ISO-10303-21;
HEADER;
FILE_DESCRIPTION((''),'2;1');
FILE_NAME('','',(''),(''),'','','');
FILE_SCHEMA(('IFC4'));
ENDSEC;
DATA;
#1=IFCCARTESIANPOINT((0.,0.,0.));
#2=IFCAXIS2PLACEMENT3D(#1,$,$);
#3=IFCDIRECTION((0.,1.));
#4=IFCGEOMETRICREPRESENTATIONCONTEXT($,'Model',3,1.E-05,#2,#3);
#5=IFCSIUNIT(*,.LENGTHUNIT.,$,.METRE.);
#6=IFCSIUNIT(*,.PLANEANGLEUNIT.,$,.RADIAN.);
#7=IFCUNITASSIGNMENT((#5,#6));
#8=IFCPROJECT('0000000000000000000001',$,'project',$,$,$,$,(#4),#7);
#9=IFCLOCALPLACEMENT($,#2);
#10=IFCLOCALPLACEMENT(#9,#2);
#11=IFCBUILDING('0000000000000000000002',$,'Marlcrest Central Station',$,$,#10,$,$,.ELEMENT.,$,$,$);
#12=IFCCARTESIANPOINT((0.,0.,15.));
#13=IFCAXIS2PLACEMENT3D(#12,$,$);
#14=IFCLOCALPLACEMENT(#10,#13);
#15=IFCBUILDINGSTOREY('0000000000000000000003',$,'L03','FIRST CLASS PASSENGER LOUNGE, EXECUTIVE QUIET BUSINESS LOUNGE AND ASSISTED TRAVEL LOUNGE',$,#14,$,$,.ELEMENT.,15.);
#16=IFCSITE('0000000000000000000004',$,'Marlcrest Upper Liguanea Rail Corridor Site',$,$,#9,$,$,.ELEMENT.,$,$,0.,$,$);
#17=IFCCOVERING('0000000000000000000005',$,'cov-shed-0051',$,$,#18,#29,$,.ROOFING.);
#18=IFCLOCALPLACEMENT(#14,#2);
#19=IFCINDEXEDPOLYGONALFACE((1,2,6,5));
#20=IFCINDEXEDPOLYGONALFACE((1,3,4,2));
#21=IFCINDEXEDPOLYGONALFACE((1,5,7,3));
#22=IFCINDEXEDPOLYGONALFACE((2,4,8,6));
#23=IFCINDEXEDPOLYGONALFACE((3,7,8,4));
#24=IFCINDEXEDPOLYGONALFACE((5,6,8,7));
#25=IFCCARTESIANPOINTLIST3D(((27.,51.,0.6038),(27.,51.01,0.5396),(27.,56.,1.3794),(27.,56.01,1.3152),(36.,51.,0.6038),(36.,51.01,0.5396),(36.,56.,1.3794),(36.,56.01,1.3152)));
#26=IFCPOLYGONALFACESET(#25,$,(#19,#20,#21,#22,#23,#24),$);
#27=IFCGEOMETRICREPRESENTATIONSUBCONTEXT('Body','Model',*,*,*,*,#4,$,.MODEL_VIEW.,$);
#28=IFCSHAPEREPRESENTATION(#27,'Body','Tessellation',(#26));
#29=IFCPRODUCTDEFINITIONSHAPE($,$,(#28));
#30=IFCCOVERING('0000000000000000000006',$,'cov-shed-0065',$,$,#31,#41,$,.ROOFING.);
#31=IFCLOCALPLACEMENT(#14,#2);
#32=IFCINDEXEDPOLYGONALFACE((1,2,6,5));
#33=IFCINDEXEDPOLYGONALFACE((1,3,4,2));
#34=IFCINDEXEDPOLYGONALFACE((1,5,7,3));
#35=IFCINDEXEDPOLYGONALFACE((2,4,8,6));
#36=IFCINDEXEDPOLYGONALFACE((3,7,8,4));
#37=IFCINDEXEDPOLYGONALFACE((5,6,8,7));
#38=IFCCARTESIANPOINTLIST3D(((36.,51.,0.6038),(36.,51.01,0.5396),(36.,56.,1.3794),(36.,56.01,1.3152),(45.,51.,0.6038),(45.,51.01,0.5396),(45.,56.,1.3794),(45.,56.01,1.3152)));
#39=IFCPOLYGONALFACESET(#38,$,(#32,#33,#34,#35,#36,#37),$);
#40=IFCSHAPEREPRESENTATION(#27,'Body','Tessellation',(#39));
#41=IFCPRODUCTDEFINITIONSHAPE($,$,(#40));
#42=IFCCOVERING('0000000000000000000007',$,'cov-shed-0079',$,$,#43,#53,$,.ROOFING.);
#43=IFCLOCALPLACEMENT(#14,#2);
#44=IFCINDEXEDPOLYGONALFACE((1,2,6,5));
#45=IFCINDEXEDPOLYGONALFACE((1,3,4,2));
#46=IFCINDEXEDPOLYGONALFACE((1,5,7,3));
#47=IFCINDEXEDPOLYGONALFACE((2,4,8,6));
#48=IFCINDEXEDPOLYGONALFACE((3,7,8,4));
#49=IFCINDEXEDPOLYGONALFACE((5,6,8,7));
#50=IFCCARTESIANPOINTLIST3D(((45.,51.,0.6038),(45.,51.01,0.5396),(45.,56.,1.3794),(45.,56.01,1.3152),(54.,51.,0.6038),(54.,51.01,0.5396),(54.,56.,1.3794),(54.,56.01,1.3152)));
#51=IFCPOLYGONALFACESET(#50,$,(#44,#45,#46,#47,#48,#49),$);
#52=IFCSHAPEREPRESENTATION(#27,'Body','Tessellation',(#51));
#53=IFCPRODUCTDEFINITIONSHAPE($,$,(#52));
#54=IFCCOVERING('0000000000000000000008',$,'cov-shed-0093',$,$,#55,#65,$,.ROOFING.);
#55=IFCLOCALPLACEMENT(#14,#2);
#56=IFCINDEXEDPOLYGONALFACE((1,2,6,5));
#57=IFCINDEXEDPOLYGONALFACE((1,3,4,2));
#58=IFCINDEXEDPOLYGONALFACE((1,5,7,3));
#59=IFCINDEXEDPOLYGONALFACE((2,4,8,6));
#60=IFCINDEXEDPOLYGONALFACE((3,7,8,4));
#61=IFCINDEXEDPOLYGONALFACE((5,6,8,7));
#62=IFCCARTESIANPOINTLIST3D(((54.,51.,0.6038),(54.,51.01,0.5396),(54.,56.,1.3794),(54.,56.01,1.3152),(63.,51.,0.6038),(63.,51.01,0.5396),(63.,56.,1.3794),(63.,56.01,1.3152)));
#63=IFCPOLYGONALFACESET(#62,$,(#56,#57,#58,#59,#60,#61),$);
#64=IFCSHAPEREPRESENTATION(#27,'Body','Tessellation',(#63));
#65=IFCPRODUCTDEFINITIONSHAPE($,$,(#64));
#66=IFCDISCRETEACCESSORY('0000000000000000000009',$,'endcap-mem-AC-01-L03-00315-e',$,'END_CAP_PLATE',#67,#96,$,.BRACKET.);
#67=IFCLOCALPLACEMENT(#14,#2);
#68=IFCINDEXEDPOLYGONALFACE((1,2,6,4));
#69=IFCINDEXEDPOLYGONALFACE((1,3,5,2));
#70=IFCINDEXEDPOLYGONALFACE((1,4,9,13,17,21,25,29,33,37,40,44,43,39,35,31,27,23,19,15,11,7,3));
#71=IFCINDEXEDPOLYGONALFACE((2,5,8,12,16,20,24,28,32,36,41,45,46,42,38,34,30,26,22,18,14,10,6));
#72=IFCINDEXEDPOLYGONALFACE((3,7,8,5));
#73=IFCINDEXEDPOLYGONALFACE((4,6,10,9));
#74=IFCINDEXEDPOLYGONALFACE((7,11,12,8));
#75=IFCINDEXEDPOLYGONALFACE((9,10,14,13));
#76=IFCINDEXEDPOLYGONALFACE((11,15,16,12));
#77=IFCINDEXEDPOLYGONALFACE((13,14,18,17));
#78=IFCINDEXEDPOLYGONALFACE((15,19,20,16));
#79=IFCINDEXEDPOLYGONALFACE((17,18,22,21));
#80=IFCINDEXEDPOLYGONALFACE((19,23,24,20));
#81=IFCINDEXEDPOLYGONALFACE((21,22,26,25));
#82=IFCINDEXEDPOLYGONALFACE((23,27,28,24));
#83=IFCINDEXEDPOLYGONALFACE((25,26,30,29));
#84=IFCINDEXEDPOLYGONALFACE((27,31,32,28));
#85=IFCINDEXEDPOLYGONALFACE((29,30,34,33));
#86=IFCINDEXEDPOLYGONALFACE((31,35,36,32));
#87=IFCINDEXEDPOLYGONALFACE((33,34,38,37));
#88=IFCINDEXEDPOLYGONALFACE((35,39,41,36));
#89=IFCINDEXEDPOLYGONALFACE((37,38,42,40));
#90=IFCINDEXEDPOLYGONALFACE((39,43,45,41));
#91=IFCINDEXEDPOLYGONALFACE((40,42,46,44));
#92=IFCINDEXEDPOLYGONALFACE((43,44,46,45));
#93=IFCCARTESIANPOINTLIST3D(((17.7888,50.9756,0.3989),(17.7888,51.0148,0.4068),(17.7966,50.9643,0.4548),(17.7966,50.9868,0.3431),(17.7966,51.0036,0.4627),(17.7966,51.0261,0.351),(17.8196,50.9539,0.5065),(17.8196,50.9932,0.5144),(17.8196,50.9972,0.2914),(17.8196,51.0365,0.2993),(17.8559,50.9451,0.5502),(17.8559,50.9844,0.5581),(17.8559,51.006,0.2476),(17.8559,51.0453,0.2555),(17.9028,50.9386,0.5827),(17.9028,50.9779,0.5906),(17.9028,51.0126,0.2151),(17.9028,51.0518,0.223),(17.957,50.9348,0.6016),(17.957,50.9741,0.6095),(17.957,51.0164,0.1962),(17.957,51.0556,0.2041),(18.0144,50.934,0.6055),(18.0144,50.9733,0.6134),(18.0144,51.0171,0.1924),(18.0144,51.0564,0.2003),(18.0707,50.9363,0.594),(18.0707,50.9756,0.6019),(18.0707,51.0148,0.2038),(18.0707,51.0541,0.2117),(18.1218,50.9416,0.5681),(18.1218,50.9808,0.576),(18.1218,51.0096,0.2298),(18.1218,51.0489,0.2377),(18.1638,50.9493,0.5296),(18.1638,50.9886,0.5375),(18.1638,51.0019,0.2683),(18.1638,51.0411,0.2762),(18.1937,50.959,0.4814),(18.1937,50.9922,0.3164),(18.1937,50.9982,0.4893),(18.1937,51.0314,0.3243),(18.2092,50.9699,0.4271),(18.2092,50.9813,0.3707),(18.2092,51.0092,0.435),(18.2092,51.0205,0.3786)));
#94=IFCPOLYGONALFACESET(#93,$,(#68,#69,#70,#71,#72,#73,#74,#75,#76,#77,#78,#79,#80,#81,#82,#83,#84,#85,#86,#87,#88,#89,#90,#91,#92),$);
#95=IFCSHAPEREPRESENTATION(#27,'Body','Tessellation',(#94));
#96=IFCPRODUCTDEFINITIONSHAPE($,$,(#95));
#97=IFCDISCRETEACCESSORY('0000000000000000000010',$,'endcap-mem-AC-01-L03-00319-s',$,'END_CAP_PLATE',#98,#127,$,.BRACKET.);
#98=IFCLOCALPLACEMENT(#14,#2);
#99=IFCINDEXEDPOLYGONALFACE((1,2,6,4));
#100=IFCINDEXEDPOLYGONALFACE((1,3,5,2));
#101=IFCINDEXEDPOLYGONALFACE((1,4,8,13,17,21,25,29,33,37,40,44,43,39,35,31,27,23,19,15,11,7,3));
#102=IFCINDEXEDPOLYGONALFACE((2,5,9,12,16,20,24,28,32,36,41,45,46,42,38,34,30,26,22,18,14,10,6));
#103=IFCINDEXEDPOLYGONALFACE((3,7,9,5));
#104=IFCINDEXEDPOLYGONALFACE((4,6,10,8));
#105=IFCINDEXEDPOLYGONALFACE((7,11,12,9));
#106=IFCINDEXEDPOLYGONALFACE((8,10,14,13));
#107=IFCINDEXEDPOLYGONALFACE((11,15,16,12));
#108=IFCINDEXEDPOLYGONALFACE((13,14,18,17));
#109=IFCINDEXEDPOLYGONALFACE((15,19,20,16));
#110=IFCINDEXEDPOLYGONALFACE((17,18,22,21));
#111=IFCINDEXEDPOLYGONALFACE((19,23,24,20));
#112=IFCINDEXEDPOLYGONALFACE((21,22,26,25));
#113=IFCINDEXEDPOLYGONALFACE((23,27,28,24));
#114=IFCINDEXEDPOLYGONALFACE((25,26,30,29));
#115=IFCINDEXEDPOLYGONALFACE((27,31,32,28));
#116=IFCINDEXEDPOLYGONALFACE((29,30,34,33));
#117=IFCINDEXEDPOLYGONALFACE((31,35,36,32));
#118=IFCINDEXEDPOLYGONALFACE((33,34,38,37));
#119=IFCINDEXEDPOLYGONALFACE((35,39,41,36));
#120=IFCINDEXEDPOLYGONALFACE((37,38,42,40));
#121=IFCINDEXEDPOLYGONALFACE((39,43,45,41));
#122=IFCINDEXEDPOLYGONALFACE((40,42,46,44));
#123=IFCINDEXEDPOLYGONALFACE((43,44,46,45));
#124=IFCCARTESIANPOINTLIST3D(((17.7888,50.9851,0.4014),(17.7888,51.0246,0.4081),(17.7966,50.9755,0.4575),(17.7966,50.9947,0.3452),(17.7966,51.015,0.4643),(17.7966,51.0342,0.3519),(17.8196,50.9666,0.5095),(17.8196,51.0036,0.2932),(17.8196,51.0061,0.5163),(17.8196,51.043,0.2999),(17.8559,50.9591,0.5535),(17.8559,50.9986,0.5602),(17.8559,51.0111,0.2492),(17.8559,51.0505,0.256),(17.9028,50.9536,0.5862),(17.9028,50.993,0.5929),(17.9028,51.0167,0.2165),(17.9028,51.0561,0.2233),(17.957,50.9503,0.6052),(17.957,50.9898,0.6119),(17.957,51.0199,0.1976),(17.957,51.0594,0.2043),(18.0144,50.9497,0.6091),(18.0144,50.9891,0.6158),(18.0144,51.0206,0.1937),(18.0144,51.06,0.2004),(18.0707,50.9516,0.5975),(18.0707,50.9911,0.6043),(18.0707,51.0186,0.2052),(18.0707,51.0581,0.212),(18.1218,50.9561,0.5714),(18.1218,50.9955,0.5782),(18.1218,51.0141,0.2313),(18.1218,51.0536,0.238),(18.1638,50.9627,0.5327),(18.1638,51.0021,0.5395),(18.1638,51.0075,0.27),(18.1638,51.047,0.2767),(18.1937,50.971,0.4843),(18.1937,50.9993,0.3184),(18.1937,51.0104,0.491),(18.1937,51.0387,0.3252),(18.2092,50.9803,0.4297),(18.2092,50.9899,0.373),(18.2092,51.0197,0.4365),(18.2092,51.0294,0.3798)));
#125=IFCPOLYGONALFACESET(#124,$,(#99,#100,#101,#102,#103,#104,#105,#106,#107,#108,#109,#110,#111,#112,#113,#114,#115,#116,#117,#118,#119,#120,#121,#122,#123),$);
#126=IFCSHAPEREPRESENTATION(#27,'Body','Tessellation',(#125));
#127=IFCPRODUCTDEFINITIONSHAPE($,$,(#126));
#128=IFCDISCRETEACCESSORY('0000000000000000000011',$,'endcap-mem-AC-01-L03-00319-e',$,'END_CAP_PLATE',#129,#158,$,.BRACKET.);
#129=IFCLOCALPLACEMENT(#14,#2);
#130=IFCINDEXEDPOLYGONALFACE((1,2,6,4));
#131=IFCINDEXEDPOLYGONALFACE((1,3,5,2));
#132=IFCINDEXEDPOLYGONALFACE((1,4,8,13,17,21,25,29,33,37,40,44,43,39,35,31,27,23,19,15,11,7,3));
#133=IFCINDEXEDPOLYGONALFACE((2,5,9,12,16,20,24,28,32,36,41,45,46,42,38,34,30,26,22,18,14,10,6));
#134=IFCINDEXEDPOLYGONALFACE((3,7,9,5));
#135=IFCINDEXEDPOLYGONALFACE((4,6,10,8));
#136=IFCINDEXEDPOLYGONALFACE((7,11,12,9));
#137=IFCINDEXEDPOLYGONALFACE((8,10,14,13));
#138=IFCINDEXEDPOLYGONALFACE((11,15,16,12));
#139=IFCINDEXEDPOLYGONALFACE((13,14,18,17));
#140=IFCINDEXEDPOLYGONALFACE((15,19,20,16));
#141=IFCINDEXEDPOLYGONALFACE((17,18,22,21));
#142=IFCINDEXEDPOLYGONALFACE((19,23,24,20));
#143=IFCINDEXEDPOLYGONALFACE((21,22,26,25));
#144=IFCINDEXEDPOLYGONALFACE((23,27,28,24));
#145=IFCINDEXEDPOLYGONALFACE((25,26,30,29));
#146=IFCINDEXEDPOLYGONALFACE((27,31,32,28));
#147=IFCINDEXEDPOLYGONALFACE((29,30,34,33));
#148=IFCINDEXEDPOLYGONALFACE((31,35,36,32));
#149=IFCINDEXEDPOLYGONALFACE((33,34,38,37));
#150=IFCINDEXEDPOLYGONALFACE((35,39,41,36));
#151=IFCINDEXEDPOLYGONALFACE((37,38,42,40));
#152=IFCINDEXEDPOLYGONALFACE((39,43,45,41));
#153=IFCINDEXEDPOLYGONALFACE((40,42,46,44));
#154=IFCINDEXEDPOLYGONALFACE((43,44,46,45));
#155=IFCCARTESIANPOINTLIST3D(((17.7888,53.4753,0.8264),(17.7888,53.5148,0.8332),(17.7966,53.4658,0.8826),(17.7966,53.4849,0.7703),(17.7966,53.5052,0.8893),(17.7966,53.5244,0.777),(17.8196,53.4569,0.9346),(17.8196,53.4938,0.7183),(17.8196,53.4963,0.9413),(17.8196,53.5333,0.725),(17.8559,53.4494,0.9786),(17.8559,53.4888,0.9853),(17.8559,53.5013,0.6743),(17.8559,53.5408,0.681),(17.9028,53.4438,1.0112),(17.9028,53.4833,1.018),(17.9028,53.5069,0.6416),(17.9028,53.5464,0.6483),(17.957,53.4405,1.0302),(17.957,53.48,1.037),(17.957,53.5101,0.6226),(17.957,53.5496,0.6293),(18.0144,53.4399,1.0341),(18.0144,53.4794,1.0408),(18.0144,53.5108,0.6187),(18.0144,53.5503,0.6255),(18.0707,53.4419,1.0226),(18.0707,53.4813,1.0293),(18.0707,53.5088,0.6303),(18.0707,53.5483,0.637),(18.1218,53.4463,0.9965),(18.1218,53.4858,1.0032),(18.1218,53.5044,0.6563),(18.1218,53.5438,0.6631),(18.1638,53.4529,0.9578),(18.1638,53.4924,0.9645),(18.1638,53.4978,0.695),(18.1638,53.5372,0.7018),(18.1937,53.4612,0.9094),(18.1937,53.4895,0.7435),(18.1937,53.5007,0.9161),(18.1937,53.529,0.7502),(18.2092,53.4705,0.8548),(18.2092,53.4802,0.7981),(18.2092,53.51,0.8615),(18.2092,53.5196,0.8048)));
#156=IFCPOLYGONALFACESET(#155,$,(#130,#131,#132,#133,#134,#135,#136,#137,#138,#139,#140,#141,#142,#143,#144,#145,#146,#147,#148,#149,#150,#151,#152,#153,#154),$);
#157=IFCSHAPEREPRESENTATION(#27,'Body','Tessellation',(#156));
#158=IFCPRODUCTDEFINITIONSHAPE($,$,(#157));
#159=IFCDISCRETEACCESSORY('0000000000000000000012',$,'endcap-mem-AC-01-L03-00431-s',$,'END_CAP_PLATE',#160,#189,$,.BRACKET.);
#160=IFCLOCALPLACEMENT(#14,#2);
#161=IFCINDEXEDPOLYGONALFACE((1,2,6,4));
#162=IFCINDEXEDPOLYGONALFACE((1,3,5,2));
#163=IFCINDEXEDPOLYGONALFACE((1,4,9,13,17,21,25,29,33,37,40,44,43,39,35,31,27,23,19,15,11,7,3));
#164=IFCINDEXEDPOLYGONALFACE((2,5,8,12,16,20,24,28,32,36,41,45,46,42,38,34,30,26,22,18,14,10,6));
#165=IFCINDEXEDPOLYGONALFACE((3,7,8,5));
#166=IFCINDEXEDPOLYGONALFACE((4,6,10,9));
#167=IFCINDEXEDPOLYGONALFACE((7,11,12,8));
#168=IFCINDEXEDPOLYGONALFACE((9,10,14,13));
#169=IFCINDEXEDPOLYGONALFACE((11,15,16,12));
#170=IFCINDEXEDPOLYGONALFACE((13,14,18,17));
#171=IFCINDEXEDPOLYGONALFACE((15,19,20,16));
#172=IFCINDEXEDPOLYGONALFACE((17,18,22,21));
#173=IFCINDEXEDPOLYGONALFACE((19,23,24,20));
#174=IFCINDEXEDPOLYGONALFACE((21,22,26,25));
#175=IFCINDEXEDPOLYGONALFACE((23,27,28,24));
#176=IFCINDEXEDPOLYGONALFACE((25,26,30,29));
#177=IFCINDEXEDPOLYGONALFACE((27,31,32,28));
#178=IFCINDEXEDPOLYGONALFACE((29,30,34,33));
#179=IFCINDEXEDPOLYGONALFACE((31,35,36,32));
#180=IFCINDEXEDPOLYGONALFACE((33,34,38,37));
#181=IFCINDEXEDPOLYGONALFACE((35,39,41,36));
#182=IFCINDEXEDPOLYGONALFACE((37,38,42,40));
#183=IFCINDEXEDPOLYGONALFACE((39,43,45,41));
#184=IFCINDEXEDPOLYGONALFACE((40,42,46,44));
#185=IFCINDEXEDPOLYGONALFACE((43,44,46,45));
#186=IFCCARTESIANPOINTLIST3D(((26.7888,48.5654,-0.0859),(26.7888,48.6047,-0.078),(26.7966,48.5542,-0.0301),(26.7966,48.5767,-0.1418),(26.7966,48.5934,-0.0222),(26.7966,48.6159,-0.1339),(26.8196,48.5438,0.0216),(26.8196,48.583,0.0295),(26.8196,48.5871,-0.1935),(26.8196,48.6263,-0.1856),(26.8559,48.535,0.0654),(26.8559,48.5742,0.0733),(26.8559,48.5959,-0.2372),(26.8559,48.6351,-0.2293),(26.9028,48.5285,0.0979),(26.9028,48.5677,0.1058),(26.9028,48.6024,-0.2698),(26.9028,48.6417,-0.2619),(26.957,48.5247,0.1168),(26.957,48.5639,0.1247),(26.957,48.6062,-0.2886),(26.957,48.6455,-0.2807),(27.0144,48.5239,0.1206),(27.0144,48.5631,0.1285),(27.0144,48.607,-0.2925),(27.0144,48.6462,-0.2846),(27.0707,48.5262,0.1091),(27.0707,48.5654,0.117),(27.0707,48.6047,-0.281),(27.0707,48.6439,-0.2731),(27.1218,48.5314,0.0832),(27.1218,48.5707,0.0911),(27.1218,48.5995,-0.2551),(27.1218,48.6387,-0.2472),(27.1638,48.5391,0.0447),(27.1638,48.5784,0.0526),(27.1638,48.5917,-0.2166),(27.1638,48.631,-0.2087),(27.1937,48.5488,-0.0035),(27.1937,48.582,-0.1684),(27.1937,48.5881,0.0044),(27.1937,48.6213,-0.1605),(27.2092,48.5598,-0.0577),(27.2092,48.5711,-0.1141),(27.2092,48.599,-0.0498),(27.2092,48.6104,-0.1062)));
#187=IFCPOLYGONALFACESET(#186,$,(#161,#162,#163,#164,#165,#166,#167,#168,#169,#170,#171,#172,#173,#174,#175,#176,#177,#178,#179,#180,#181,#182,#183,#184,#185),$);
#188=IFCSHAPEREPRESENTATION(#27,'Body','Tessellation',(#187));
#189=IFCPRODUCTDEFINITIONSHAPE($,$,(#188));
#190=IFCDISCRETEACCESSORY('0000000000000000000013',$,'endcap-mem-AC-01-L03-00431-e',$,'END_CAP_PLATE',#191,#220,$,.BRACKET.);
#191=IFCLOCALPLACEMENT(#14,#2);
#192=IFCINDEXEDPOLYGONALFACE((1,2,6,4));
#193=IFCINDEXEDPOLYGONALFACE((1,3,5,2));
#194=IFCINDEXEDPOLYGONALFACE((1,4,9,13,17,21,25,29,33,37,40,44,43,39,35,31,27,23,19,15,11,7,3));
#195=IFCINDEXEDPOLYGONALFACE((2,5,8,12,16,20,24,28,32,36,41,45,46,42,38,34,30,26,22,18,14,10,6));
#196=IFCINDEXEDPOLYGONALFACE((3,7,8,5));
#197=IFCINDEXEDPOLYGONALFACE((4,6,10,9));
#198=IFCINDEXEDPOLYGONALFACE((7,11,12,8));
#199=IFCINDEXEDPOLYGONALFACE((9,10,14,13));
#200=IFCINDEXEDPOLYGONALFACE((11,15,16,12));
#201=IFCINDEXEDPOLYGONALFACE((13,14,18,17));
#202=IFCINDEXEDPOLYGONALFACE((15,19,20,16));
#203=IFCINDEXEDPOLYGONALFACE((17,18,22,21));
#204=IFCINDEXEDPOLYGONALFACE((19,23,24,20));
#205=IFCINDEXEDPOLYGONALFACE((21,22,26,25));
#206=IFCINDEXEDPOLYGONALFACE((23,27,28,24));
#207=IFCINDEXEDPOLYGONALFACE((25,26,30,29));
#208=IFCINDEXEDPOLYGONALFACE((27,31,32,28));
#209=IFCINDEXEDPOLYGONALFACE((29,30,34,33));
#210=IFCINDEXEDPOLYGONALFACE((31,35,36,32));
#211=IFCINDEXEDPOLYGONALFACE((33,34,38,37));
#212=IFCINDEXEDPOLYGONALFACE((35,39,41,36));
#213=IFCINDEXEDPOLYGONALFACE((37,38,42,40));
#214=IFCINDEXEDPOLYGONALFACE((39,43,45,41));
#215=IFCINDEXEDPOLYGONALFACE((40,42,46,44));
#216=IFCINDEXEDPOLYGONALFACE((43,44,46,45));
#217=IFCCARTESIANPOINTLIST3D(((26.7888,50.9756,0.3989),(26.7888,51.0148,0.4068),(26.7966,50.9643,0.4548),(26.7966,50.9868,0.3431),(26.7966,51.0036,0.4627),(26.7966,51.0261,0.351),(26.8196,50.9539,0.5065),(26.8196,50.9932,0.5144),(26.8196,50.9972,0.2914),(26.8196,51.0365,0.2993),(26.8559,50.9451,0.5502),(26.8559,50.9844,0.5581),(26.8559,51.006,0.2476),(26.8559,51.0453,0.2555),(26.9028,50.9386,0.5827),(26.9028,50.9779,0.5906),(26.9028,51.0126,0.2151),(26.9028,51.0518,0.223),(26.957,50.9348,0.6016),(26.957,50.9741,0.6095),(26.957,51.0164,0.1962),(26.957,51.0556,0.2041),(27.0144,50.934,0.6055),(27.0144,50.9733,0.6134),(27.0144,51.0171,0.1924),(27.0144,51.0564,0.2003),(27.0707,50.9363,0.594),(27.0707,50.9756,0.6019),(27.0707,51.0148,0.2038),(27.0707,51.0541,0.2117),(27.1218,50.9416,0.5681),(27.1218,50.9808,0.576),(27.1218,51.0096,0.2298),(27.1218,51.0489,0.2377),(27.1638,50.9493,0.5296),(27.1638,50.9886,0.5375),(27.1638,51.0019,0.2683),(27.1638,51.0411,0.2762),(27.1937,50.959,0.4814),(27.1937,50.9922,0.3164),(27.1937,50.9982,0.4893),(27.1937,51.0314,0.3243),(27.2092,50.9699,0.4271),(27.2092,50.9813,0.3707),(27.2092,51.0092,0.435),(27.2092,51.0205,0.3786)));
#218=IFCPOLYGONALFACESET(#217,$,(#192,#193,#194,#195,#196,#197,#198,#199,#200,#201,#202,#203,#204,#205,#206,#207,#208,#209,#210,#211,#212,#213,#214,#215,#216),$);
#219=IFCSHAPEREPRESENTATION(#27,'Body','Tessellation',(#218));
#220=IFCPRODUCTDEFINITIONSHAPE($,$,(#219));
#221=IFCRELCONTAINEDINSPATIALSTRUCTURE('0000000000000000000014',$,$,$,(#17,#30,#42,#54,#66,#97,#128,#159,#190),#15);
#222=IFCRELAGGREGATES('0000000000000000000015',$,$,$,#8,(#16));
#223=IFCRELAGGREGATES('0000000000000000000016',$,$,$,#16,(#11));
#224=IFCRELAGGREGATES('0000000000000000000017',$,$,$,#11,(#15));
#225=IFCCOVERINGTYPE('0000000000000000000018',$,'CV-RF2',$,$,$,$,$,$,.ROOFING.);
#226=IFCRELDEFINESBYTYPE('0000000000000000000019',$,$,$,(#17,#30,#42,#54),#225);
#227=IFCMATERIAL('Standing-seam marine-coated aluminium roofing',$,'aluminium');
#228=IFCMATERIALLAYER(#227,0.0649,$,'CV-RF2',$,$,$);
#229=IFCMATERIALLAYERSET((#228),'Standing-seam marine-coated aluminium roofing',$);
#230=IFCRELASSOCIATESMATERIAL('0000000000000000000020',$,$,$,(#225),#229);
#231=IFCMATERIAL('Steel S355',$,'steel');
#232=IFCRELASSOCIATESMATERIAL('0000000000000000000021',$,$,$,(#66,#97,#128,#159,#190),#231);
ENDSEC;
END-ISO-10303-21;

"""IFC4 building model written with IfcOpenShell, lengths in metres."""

from ifc_helpers import new_model, si_unit, direction, frame, origin, origin_2d, place, context, subcontext, project, spatial, polyline, circle, outline, extrude, material, layer, layer_set, type_object, element, save


model = new_model("IFC4")

# Units and contexts
model_context = context("Model", 3, precision=1e-05, world=origin(), true_north=direction((0.0, 1.0)))
body_context = subcontext(model_context, "Body", "Model", "MODEL_VIEW")
ifc_project = project(units=[si_unit("LENGTHUNIT", "METRE"), si_unit("PLANEANGLEUNIT", "RADIAN")], contexts=[model_context])

# Site, building, storey
site_placement = place(None, origin())
site = spatial("IfcSite", under=ifc_project, at=site_placement, Name="Marlcrest Upper Liguanea Rail Corridor Site", CompositionType="ELEMENT", RefElevation=0.0)
building_placement = place(site_placement, origin())
building = spatial("IfcBuilding", under=site, at=building_placement, Name="Marlcrest Central Station", CompositionType="ELEMENT")
storey_placement = place(building_placement, frame((0.0, 0.0, 15.0)))
storey = spatial("IfcBuildingStorey", under=building, at=storey_placement, Name="L03", Description="FIRST CLASS PASSENGER LOUNGE, EXECUTIVE QUIET BUSINESS LOUNGE AND ASSISTED TRAVEL LOUNGE", CompositionType="ELEMENT", Elevation=15.0)

# Shared definitions
ifc_material_1 = material(Name="Steel S355", Category="steel")

# Coverings
ifc_material_2 = material(Name="Standing-seam marine-coated aluminium roofing", Category="aluminium")
ifc_layer = layer(ifc_material_2, 0.0649, Name="CV-RF2")
ifc_layer_set = layer_set([ifc_layer], Name="Standing-seam marine-coated aluminium roofing")
covering_type = type_object("IfcCoveringType", Name="CV-RF2", PredefinedType="ROOFING", material=ifc_layer_set)
for number, where, z_axis, x_axis, name in (
    (1, (27.0, 51.0, 0.6038), (0.0, -0.153293, 0.988181), (1.0, 0.0, 0.0), "cov-shed-0051"),
    (2, (36.0, 51.0, 0.6038), (0.0, -0.153293, 0.988181), (1.0, 0.0, 0.0), "cov-shed-0065"),
    (3, (45.0, 51.0, 0.6038), (0.0, -0.153293, 0.988181), (1.0, 0.0, 0.0), "cov-shed-0079"),
    (4, (54.0, 51.0, 0.6038), (0.0, -0.153293, 0.988181), (1.0, 0.0, 0.0), "cov-shed-0093"),
):
    element("IfcCovering", number, at=place(storey_placement, frame(where, z_axis=z_axis, x_axis=x_axis)), inside=storey, type_object=covering_type, Name=name, PredefinedType="ROOFING", context=body_context, shape_type="SweptSolid", body=[
        extrude(outline(polyline([(0.0, 0.0), (9.0, 0.0), (9.0, 5.0598), (0.0, 5.0598), (0.0, 0.0)])), origin(), (0.0, 0.0, -1.0), 0.0649),
    ])

# Discrete accessories
for number, where, z_axis, x_axis, name in (
    (5, (18.0, 50.9756, 0.3989), (0.0, 0.980359, 0.197219), (-1.0, 0.0, 0.0), "endcap-mem-AC-01-L03-00315-e"),
    (6, (18.0, 50.9851, 0.4014), (0.0, 0.985741, 0.168269), (-1.0, 0.0, 0.0), "endcap-mem-AC-01-L03-00319-s"),
    (7, (18.0, 53.4753, 0.8264), (0.0, 0.985741, 0.168269), (-1.0, 0.0, 0.0), "endcap-mem-AC-01-L03-00319-e"),
    (8, (27.0, 48.5654, -0.0859), (0.0, 0.980359, 0.197219), (-1.0, 0.0, 0.0), "endcap-mem-AC-01-L03-00431-s"),
    (9, (27.0, 50.9756, 0.3989), (0.0, 0.980359, 0.197219), (-1.0, 0.0, 0.0), "endcap-mem-AC-01-L03-00431-e"),
):
    element("IfcDiscreteAccessory", number, at=place(storey_placement, frame(where, z_axis=z_axis, x_axis=x_axis)), inside=storey, material=ifc_material_1, Name=name, ObjectType="END_CAP_PLATE", PredefinedType="BRACKET", context=body_context, shape_type="SweptSolid", body=[
        extrude(circle(Radius=0.2112, at=origin_2d()), origin(), (0.0, 0.0, 1.0), 0.04),
    ])

save(model, "model.ifc")
